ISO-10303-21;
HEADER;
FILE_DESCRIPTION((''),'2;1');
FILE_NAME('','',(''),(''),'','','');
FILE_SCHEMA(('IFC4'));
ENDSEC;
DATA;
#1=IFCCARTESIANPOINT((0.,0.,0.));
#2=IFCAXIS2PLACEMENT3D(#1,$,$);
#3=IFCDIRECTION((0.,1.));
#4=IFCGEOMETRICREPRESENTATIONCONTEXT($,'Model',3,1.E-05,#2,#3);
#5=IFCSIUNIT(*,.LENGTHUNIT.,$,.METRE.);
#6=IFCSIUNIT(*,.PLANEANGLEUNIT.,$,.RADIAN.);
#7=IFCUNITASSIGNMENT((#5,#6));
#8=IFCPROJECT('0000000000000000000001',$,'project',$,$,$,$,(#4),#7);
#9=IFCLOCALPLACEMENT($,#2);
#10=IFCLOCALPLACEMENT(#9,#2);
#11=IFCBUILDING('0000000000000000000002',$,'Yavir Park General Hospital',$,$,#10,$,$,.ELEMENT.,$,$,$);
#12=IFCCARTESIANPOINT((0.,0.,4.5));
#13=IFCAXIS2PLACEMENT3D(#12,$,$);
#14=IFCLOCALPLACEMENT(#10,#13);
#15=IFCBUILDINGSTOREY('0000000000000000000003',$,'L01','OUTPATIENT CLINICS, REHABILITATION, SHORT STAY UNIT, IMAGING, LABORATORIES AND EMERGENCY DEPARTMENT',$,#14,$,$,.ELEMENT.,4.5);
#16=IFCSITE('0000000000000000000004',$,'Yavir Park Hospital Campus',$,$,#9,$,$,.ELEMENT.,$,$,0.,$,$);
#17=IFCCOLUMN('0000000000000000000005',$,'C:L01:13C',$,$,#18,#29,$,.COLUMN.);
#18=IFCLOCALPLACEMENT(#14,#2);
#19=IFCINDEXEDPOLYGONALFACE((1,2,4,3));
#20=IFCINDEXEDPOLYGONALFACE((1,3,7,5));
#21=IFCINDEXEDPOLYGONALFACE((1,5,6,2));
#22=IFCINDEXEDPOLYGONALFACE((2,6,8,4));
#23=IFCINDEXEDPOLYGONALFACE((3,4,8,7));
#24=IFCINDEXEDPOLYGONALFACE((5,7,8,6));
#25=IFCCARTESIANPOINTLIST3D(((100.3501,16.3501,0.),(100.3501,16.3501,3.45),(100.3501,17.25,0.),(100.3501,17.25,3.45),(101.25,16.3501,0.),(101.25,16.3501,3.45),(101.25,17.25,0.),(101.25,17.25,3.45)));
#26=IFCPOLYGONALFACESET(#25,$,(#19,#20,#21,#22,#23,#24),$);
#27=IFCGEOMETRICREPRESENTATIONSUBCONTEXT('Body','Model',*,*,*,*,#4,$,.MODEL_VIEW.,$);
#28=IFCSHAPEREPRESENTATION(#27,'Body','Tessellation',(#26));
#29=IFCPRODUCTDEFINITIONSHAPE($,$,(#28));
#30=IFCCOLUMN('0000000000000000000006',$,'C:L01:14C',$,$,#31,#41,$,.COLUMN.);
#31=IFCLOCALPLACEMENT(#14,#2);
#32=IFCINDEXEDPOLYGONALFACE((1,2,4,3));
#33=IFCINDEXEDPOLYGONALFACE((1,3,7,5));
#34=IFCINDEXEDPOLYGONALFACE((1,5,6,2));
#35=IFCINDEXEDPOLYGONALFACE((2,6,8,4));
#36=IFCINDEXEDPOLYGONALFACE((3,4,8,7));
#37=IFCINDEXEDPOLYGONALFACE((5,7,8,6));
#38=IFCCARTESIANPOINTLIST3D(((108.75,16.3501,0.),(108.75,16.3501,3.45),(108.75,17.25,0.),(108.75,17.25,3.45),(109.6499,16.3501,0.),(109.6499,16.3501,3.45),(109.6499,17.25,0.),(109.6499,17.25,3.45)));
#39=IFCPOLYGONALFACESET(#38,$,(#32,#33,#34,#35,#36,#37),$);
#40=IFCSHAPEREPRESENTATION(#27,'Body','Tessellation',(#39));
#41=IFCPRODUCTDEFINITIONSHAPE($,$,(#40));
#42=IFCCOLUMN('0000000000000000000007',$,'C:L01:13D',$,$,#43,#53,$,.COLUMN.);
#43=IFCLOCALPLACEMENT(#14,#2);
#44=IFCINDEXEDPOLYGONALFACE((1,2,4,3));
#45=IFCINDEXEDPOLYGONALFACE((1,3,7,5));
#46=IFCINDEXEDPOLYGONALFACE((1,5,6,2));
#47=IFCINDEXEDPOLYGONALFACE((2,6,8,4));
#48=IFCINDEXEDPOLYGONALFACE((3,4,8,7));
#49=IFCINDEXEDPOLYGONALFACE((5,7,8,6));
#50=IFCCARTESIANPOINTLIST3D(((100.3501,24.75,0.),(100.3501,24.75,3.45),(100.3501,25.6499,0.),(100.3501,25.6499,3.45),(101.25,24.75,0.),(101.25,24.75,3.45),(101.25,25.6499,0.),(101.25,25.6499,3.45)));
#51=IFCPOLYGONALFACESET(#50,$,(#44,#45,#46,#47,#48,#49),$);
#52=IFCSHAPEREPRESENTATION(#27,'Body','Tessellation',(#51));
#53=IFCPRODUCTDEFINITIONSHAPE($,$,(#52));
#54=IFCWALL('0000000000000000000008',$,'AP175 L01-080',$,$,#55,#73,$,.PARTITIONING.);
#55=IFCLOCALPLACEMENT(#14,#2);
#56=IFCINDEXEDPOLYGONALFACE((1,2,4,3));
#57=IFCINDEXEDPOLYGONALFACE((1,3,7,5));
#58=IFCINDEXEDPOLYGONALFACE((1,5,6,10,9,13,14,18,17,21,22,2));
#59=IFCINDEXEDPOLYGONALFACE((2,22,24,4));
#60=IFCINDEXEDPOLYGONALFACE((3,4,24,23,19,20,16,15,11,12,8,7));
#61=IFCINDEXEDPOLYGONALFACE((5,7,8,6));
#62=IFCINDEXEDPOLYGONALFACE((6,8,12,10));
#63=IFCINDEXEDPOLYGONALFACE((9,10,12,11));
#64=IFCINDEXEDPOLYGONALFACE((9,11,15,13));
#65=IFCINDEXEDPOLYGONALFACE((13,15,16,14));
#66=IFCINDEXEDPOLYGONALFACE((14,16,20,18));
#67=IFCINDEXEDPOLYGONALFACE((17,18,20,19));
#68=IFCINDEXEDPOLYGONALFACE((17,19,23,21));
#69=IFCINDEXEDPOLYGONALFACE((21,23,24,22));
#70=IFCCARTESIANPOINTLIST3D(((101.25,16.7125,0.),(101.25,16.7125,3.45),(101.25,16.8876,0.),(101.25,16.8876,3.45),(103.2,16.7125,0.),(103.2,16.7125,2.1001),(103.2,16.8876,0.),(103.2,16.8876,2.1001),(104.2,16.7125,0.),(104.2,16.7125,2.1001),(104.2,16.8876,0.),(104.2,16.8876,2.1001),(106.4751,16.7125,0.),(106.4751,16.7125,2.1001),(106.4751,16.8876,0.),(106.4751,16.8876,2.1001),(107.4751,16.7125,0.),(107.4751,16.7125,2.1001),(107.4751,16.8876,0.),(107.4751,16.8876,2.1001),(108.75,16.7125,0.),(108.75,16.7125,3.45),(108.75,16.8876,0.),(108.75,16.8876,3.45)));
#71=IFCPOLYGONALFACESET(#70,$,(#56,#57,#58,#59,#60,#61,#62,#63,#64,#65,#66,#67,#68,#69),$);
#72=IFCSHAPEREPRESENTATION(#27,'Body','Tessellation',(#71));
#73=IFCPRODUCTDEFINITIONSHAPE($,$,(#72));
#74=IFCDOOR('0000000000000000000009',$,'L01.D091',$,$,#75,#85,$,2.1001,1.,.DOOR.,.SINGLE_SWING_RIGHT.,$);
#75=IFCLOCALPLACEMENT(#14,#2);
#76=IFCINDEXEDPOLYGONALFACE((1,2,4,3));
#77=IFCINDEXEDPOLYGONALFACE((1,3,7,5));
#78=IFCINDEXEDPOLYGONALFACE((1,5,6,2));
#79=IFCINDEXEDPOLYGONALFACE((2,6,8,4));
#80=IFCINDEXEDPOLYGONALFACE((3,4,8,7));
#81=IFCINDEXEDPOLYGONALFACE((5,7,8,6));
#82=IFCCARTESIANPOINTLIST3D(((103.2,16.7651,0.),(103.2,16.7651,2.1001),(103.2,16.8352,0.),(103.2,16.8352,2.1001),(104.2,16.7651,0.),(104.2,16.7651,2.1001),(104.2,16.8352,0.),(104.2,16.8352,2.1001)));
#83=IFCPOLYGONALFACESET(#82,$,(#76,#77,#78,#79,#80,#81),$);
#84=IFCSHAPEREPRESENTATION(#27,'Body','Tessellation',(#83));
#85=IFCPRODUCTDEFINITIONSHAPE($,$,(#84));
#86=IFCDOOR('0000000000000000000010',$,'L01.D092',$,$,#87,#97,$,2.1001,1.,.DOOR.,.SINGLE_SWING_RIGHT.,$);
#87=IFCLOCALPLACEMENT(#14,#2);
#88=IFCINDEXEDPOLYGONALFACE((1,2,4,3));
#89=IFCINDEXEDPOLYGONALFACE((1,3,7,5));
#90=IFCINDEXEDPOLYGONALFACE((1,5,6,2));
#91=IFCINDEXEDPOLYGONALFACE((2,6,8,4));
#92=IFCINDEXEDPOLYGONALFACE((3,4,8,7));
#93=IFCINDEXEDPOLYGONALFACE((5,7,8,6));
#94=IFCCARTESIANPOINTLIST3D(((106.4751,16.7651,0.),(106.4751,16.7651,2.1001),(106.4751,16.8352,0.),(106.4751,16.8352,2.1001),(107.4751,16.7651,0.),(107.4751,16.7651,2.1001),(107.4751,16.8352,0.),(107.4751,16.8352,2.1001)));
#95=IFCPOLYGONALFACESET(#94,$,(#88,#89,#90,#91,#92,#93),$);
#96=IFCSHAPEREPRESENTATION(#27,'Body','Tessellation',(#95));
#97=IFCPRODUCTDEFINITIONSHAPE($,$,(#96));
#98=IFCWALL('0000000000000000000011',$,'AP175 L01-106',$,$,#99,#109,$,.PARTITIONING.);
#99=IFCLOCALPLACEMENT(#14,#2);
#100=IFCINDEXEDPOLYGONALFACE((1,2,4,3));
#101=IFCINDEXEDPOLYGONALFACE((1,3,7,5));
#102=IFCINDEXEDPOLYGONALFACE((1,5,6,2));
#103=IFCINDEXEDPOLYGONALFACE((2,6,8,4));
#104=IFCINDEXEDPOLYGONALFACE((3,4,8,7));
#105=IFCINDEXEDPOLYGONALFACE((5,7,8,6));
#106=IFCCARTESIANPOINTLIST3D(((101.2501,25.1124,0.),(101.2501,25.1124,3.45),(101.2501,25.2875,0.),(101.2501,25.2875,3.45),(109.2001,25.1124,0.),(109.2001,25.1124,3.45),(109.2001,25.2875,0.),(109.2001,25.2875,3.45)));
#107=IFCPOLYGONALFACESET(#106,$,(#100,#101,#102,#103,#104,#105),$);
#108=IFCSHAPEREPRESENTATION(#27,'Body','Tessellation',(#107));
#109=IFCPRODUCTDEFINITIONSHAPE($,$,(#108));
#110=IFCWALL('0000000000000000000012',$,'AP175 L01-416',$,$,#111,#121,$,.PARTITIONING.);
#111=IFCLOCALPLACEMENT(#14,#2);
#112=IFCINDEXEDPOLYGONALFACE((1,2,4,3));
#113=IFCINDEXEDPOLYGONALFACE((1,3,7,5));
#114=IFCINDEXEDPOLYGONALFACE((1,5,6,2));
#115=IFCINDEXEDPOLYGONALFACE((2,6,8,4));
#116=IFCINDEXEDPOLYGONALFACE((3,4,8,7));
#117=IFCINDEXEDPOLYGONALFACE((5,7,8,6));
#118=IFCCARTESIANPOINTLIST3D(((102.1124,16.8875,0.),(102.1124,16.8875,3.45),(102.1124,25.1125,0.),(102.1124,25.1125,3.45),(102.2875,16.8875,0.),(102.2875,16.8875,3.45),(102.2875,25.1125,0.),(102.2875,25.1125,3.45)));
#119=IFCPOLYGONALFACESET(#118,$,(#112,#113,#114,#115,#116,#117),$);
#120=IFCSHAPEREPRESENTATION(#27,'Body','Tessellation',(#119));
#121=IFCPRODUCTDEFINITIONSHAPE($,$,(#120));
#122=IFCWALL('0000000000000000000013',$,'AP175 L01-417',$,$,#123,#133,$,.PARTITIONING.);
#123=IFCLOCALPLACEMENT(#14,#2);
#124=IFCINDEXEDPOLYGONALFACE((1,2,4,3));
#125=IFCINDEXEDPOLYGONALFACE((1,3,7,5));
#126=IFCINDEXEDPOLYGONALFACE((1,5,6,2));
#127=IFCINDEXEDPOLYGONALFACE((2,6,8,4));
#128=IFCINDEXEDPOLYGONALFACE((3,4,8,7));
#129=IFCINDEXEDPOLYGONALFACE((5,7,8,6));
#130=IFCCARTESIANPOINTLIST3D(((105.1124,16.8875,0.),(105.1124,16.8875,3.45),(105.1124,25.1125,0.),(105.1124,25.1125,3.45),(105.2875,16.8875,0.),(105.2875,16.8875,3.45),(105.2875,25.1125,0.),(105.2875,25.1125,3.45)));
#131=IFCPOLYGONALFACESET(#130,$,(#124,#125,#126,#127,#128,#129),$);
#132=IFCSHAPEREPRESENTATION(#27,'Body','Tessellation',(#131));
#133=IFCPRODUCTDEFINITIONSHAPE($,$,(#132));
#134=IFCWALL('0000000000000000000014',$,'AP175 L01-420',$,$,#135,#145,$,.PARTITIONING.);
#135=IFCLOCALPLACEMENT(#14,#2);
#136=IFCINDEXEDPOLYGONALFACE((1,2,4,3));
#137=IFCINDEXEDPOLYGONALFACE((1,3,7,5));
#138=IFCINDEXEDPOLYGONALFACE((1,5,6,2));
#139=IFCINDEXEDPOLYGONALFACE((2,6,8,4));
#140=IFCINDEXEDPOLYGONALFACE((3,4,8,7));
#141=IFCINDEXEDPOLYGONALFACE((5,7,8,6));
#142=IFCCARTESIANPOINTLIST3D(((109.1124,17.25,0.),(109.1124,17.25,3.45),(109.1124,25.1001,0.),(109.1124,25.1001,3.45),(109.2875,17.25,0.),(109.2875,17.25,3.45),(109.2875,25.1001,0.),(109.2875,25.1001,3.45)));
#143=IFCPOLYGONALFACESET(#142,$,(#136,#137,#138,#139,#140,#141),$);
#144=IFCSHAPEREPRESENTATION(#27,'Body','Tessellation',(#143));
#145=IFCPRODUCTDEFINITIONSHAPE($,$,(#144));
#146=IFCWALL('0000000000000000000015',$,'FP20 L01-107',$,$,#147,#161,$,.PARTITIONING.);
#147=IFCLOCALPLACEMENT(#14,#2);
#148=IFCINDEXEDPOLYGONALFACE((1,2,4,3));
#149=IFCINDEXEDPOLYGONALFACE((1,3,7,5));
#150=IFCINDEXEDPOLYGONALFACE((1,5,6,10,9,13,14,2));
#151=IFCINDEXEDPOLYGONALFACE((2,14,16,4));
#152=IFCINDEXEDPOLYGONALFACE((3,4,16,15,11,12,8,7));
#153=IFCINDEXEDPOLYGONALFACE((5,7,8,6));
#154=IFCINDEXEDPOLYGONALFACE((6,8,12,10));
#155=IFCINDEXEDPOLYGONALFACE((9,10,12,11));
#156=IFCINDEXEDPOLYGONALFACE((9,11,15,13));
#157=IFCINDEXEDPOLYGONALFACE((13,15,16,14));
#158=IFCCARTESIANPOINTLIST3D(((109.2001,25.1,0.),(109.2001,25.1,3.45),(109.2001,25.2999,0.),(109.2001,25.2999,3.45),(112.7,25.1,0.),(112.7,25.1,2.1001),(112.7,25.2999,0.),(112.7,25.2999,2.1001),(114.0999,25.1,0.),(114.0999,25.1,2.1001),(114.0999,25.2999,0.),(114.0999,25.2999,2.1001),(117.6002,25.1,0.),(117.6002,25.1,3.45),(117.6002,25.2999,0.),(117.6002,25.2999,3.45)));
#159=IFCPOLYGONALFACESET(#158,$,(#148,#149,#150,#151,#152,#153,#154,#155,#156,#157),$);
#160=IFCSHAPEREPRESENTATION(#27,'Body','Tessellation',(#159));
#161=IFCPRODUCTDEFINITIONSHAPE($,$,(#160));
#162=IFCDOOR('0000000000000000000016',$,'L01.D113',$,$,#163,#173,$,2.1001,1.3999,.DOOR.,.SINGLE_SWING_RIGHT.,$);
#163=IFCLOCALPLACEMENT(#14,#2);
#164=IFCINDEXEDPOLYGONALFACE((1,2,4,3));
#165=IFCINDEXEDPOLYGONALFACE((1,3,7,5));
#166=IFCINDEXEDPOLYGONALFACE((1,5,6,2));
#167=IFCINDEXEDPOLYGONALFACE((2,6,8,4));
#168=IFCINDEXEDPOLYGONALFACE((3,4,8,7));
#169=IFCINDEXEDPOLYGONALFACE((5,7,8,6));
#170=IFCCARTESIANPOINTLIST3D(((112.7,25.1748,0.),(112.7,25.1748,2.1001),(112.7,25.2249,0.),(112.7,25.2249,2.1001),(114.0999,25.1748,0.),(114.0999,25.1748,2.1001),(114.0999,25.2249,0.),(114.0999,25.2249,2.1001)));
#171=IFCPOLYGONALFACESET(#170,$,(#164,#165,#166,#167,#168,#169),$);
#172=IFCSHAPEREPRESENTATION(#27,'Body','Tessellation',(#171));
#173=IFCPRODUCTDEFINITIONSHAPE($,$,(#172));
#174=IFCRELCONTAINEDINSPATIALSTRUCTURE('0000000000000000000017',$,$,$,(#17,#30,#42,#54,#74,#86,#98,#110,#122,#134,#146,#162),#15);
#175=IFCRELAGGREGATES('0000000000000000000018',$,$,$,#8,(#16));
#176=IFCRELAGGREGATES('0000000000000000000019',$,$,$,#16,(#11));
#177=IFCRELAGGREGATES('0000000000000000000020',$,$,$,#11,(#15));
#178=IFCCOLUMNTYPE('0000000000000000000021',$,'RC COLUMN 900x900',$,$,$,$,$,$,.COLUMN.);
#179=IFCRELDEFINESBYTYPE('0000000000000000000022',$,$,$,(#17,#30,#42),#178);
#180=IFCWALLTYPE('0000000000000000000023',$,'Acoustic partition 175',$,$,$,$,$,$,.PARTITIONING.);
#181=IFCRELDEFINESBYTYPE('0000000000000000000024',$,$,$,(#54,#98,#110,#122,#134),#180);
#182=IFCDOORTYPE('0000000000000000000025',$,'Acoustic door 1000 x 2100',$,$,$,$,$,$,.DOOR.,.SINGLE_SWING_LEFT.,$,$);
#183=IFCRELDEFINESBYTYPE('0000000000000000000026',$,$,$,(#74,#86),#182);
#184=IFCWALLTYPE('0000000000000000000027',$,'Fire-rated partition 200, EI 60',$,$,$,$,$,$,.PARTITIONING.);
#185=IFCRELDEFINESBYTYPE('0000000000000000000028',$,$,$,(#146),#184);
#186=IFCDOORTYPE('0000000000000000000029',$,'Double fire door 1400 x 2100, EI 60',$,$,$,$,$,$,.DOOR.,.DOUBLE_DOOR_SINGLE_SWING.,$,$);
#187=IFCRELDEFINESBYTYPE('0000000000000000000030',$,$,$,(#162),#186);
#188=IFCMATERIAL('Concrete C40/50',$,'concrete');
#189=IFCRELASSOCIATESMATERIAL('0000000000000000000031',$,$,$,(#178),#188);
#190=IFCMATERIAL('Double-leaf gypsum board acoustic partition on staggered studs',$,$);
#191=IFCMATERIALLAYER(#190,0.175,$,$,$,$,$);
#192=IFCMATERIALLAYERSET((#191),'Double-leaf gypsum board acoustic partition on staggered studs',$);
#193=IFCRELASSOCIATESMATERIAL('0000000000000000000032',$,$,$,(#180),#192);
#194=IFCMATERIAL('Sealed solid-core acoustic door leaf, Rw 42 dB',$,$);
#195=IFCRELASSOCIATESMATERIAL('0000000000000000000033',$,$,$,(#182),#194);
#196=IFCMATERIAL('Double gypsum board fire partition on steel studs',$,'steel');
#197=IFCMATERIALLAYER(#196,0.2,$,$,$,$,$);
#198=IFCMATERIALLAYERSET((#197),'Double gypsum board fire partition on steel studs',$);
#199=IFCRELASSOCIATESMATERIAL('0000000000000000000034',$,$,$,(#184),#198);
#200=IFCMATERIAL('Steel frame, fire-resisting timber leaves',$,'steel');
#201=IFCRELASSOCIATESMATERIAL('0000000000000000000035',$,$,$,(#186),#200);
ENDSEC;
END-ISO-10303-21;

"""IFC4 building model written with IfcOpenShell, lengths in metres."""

from ifc_helpers import new_model, si_unit, direction, frame, frame_2d, origin, origin_2d, place, context, subcontext, project, spatial, rectangle, extrude, material, layer, layer_set, material_profile, profile_set, type_object, element, fill, save


model = new_model("IFC4")

# Units and contexts
model_context = context("Model", 3, precision=1e-05, world=origin(), true_north=direction((0.0, 1.0)))
body_context = subcontext(model_context, "Body", "Model", "MODEL_VIEW")
ifc_project = project(units=[si_unit("LENGTHUNIT", "METRE"), si_unit("PLANEANGLEUNIT", "RADIAN")], contexts=[model_context])

# Site, building, storey
site_placement = place(None, origin())
site = spatial("IfcSite", under=ifc_project, at=site_placement, Name="Yavir Park Hospital Campus", CompositionType="ELEMENT", RefElevation=0.0)
building_placement = place(site_placement, origin())
building = spatial("IfcBuilding", under=site, at=building_placement, Name="Yavir Park General Hospital", CompositionType="ELEMENT")
storey_placement = place(building_placement, frame((0.0, 0.0, 4.5)))
storey = spatial("IfcBuildingStorey", under=building, at=storey_placement, Name="L01", Description="OUTPATIENT CLINICS, REHABILITATION, SHORT STAY UNIT, IMAGING, LABORATORIES AND EMERGENCY DEPARTMENT", CompositionType="ELEMENT", Elevation=4.5)

# Columns
ifc_material_1 = material(Name="Concrete C40/50", Category="concrete")
ifc_material_profile = material_profile(ifc_material_1, rectangle(XDim=0.8999, YDim=0.8999, at=origin_2d()), Name="RC900x900")
ifc_profile_set = profile_set([ifc_material_profile], Name="Concrete C40/50")
column_type = type_object("IfcColumnType", Name="RC COLUMN 900x900", PredefinedType="COLUMN", material=ifc_profile_set)
for number, where, z_axis, x_axis, name in (
    (1, (100.8, 16.8, 0.0), (0.0, 0.0, 1.0), (1.0, 0.0, 0.0), "C:L01:13C"),
    (2, (109.2, 16.8, 0.0), (0.0, 0.0, 1.0), (1.0, 0.0, 0.0), "C:L01:14C"),
    (3, (100.8, 25.2, 0.0), (0.0, 0.0, 1.0), (1.0, 0.0, 0.0), "C:L01:13D"),
):
    element("IfcColumn", number, at=place(storey_placement, frame(where, z_axis=z_axis, x_axis=x_axis)), inside=storey, type_object=column_type, Name=name, PredefinedType="COLUMN", context=body_context, shape_type="SweptSolid", body=[
        extrude(rectangle(XDim=0.8999, YDim=0.8999, at=origin_2d()), origin(), (0.0, 0.0, 1.0), 3.45),
    ])

# Wall, openings, doors
ifc_material_2 = material(Name="Double-leaf gypsum board acoustic partition on staggered studs")
ifc_layer_1 = layer(ifc_material_2, 0.175)
ifc_layer_set_1 = layer_set([ifc_layer_1], Name="Double-leaf gypsum board acoustic partition on staggered studs")
wall_type_1 = type_object("IfcWallType", Name="Acoustic partition 175", PredefinedType="PARTITIONING", material=ifc_layer_set_1)
wall_1_placement = place(storey_placement, frame((101.25, 16.8, 0.0), z_axis=(0.0, 0.0, 1.0), x_axis=(1.0, 0.0, 0.0)))
wall_1 = element("IfcWall", 4, at=wall_1_placement, inside=storey, type_object=wall_type_1, Name="AP175 L01-080", PredefinedType="PARTITIONING", context=body_context, shape_type="SweptSolid", body=[
    extrude(rectangle(XDim=7.5, YDim=0.175, at=frame_2d((3.75, 0.0))), origin(), (0.0, 0.0, 1.0), 3.45),
])
opening_1_placement = place(wall_1_placement, frame((1.95, 0.0, 0.0)))
opening_1 = element("IfcOpeningElement", 5, at=opening_1_placement, cuts=wall_1, PredefinedType="OPENING", context=body_context, shape_type="SweptSolid", body=[
    extrude(rectangle(XDim=1.0, YDim=2.1001, at=frame_2d((0.5, 1.05))), frame((0.0, 0.0974, 0.0), z_axis=(0.0, -1.0, 0.0), x_axis=(1.0, 0.0, 0.0)), (0.0, 0.0, 1.0), 0.1951),
])
opening_2_placement = place(wall_1_placement, frame((5.2251, 0.0, 0.0)))
opening_2 = element("IfcOpeningElement", 6, at=opening_2_placement, cuts=wall_1, PredefinedType="OPENING", context=body_context, shape_type="SweptSolid", body=[
    extrude(rectangle(XDim=1.0, YDim=2.1001, at=frame_2d((0.5, 1.05))), frame((0.0, 0.0974, 0.0), z_axis=(0.0, -1.0, 0.0), x_axis=(1.0, 0.0, 0.0)), (0.0, 0.0, 1.0), 0.1951),
])
ifc_material_3 = material(Name="Sealed solid-core acoustic door leaf, Rw 42 dB")
door_type_1 = type_object("IfcDoorType", Name="Acoustic door 1000 x 2100", OperationType="SINGLE_SWING_LEFT", PredefinedType="DOOR", material=ifc_material_3)
door_1_placement = place(opening_1_placement, origin())
door_1 = element("IfcDoor", 7, at=door_1_placement, inside=storey, type_object=door_type_1, Name="L01.D091", OperationType="SINGLE_SWING_RIGHT", OverallHeight=2.1001, OverallWidth=1.0, PredefinedType="DOOR", context=body_context, shape_type="SweptSolid", body=[
    extrude(rectangle(XDim=1.0, YDim=2.1001, at=frame_2d((0.5, 1.05))), frame((0.0, 0.0352, 0.0), z_axis=(0.0, -1.0, 0.0), x_axis=(1.0, 0.0, 0.0)), (0.0, 0.0, 1.0), 0.0701),
])
fill(opening_1, door_1)
door_2_placement = place(opening_2_placement, origin())
door_2 = element("IfcDoor", 8, at=door_2_placement, inside=storey, type_object=door_type_1, Name="L01.D092", OperationType="SINGLE_SWING_RIGHT", OverallHeight=2.1001, OverallWidth=1.0, PredefinedType="DOOR", context=body_context, shape_type="SweptSolid", body=[
    extrude(rectangle(XDim=1.0, YDim=2.1001, at=frame_2d((0.5, 1.05))), frame((0.0, 0.0352, 0.0), z_axis=(0.0, -1.0, 0.0), x_axis=(1.0, 0.0, 0.0)), (0.0, 0.0, 1.0), 0.0701),
])
fill(opening_2, door_2)

# Walls
wall_2_placement = place(storey_placement, frame((101.25, 25.2, 0.0), z_axis=(0.0, 0.0, 1.0), x_axis=(1.0, 0.0, 0.0)))
element("IfcWall", 9, at=wall_2_placement, inside=storey, type_object=wall_type_1, Name="AP175 L01-106", PredefinedType="PARTITIONING", context=body_context, shape_type="SweptSolid", body=[
    extrude(rectangle(XDim=7.95, YDim=0.175, at=frame_2d((3.9751, 0.0))), origin(), (0.0, 0.0, 1.0), 3.45),
])
for number, where, z_axis, x_axis, name in (
    (10, (102.2, 16.8875, 0.0), (0.0, 0.0, 1.0), (0.0, 1.0, 0.0), "AP175 L01-416"),
    (11, (105.2, 16.8875, 0.0), (0.0, 0.0, 1.0), (0.0, 1.0, 0.0), "AP175 L01-417"),
):
    element("IfcWall", number, at=place(storey_placement, frame(where, z_axis=z_axis, x_axis=x_axis)), inside=storey, type_object=wall_type_1, Name=name, PredefinedType="PARTITIONING", context=body_context, shape_type="SweptSolid", body=[
        extrude(rectangle(XDim=8.2251, YDim=0.175, at=frame_2d((4.1125, 0.0))), origin(), (0.0, 0.0, 1.0), 3.45),
    ])
wall_3_placement = place(storey_placement, frame((109.2, 17.25, 0.0), z_axis=(0.0, 0.0, 1.0), x_axis=(0.0, 1.0, 0.0)))
element("IfcWall", 12, at=wall_3_placement, inside=storey, type_object=wall_type_1, Name="AP175 L01-420", PredefinedType="PARTITIONING", context=body_context, shape_type="SweptSolid", body=[
    extrude(rectangle(XDim=7.8501, YDim=0.175, at=frame_2d((3.925, 0.0))), origin(), (0.0, 0.0, 1.0), 3.45),
])

# Wall, opening, door
ifc_material_4 = material(Name="Double gypsum board fire partition on steel studs", Category="steel")
ifc_layer_2 = layer(ifc_material_4, 0.2)
ifc_layer_set_2 = layer_set([ifc_layer_2], Name="Double gypsum board fire partition on steel studs")
wall_type_2 = type_object("IfcWallType", Name="Fire-rated partition 200, EI 60", PredefinedType="PARTITIONING", material=ifc_layer_set_2)
wall_4_placement = place(storey_placement, frame((109.2, 25.2, 0.0), z_axis=(0.0, 0.0, 1.0), x_axis=(1.0, 0.0, 0.0)))
wall_4 = element("IfcWall", 13, at=wall_4_placement, inside=storey, type_object=wall_type_2, Name="FP20 L01-107", PredefinedType="PARTITIONING", context=body_context, shape_type="SweptSolid", body=[
    extrude(rectangle(XDim=8.4001, YDim=0.2, at=frame_2d((4.2002, 0.0))), origin(), (0.0, 0.0, 1.0), 3.45),
])
opening_3_placement = place(wall_4_placement, frame((3.5, 0.0, 0.0)))
opening_3 = element("IfcOpeningElement", 14, at=opening_3_placement, cuts=wall_4, PredefinedType="OPENING", context=body_context, shape_type="SweptSolid", body=[
    extrude(rectangle(XDim=1.3999, YDim=2.1001, at=frame_2d((0.7, 1.05))), frame((0.0, 0.1099, 0.0), z_axis=(0.0, -1.0, 0.0), x_axis=(1.0, 0.0, 0.0)), (0.0, 0.0, 1.0), 0.22),
])
ifc_material_5 = material(Name="Steel frame, fire-resisting timber leaves", Category="steel")
door_type_2 = type_object("IfcDoorType", Name="Double fire door 1400 x 2100, EI 60", OperationType="DOUBLE_DOOR_SINGLE_SWING", PredefinedType="DOOR", material=ifc_material_5)
door_3_placement = place(opening_3_placement, origin())
door_3 = element("IfcDoor", 15, at=door_3_placement, inside=storey, type_object=door_type_2, Name="L01.D113", OperationType="SINGLE_SWING_RIGHT", OverallHeight=2.1001, OverallWidth=1.3999, PredefinedType="DOOR", context=body_context, shape_type="SweptSolid", body=[
    extrude(rectangle(XDim=1.3999, YDim=2.1001, at=frame_2d((0.7, 1.05))), frame((0.0, 0.0249, 0.0), z_axis=(0.0, -1.0, 0.0), x_axis=(1.0, 0.0, 0.0)), (0.0, 0.0, 1.0), 0.05),
])
fill(opening_3, door_3)

save(model, "model.ifc")
